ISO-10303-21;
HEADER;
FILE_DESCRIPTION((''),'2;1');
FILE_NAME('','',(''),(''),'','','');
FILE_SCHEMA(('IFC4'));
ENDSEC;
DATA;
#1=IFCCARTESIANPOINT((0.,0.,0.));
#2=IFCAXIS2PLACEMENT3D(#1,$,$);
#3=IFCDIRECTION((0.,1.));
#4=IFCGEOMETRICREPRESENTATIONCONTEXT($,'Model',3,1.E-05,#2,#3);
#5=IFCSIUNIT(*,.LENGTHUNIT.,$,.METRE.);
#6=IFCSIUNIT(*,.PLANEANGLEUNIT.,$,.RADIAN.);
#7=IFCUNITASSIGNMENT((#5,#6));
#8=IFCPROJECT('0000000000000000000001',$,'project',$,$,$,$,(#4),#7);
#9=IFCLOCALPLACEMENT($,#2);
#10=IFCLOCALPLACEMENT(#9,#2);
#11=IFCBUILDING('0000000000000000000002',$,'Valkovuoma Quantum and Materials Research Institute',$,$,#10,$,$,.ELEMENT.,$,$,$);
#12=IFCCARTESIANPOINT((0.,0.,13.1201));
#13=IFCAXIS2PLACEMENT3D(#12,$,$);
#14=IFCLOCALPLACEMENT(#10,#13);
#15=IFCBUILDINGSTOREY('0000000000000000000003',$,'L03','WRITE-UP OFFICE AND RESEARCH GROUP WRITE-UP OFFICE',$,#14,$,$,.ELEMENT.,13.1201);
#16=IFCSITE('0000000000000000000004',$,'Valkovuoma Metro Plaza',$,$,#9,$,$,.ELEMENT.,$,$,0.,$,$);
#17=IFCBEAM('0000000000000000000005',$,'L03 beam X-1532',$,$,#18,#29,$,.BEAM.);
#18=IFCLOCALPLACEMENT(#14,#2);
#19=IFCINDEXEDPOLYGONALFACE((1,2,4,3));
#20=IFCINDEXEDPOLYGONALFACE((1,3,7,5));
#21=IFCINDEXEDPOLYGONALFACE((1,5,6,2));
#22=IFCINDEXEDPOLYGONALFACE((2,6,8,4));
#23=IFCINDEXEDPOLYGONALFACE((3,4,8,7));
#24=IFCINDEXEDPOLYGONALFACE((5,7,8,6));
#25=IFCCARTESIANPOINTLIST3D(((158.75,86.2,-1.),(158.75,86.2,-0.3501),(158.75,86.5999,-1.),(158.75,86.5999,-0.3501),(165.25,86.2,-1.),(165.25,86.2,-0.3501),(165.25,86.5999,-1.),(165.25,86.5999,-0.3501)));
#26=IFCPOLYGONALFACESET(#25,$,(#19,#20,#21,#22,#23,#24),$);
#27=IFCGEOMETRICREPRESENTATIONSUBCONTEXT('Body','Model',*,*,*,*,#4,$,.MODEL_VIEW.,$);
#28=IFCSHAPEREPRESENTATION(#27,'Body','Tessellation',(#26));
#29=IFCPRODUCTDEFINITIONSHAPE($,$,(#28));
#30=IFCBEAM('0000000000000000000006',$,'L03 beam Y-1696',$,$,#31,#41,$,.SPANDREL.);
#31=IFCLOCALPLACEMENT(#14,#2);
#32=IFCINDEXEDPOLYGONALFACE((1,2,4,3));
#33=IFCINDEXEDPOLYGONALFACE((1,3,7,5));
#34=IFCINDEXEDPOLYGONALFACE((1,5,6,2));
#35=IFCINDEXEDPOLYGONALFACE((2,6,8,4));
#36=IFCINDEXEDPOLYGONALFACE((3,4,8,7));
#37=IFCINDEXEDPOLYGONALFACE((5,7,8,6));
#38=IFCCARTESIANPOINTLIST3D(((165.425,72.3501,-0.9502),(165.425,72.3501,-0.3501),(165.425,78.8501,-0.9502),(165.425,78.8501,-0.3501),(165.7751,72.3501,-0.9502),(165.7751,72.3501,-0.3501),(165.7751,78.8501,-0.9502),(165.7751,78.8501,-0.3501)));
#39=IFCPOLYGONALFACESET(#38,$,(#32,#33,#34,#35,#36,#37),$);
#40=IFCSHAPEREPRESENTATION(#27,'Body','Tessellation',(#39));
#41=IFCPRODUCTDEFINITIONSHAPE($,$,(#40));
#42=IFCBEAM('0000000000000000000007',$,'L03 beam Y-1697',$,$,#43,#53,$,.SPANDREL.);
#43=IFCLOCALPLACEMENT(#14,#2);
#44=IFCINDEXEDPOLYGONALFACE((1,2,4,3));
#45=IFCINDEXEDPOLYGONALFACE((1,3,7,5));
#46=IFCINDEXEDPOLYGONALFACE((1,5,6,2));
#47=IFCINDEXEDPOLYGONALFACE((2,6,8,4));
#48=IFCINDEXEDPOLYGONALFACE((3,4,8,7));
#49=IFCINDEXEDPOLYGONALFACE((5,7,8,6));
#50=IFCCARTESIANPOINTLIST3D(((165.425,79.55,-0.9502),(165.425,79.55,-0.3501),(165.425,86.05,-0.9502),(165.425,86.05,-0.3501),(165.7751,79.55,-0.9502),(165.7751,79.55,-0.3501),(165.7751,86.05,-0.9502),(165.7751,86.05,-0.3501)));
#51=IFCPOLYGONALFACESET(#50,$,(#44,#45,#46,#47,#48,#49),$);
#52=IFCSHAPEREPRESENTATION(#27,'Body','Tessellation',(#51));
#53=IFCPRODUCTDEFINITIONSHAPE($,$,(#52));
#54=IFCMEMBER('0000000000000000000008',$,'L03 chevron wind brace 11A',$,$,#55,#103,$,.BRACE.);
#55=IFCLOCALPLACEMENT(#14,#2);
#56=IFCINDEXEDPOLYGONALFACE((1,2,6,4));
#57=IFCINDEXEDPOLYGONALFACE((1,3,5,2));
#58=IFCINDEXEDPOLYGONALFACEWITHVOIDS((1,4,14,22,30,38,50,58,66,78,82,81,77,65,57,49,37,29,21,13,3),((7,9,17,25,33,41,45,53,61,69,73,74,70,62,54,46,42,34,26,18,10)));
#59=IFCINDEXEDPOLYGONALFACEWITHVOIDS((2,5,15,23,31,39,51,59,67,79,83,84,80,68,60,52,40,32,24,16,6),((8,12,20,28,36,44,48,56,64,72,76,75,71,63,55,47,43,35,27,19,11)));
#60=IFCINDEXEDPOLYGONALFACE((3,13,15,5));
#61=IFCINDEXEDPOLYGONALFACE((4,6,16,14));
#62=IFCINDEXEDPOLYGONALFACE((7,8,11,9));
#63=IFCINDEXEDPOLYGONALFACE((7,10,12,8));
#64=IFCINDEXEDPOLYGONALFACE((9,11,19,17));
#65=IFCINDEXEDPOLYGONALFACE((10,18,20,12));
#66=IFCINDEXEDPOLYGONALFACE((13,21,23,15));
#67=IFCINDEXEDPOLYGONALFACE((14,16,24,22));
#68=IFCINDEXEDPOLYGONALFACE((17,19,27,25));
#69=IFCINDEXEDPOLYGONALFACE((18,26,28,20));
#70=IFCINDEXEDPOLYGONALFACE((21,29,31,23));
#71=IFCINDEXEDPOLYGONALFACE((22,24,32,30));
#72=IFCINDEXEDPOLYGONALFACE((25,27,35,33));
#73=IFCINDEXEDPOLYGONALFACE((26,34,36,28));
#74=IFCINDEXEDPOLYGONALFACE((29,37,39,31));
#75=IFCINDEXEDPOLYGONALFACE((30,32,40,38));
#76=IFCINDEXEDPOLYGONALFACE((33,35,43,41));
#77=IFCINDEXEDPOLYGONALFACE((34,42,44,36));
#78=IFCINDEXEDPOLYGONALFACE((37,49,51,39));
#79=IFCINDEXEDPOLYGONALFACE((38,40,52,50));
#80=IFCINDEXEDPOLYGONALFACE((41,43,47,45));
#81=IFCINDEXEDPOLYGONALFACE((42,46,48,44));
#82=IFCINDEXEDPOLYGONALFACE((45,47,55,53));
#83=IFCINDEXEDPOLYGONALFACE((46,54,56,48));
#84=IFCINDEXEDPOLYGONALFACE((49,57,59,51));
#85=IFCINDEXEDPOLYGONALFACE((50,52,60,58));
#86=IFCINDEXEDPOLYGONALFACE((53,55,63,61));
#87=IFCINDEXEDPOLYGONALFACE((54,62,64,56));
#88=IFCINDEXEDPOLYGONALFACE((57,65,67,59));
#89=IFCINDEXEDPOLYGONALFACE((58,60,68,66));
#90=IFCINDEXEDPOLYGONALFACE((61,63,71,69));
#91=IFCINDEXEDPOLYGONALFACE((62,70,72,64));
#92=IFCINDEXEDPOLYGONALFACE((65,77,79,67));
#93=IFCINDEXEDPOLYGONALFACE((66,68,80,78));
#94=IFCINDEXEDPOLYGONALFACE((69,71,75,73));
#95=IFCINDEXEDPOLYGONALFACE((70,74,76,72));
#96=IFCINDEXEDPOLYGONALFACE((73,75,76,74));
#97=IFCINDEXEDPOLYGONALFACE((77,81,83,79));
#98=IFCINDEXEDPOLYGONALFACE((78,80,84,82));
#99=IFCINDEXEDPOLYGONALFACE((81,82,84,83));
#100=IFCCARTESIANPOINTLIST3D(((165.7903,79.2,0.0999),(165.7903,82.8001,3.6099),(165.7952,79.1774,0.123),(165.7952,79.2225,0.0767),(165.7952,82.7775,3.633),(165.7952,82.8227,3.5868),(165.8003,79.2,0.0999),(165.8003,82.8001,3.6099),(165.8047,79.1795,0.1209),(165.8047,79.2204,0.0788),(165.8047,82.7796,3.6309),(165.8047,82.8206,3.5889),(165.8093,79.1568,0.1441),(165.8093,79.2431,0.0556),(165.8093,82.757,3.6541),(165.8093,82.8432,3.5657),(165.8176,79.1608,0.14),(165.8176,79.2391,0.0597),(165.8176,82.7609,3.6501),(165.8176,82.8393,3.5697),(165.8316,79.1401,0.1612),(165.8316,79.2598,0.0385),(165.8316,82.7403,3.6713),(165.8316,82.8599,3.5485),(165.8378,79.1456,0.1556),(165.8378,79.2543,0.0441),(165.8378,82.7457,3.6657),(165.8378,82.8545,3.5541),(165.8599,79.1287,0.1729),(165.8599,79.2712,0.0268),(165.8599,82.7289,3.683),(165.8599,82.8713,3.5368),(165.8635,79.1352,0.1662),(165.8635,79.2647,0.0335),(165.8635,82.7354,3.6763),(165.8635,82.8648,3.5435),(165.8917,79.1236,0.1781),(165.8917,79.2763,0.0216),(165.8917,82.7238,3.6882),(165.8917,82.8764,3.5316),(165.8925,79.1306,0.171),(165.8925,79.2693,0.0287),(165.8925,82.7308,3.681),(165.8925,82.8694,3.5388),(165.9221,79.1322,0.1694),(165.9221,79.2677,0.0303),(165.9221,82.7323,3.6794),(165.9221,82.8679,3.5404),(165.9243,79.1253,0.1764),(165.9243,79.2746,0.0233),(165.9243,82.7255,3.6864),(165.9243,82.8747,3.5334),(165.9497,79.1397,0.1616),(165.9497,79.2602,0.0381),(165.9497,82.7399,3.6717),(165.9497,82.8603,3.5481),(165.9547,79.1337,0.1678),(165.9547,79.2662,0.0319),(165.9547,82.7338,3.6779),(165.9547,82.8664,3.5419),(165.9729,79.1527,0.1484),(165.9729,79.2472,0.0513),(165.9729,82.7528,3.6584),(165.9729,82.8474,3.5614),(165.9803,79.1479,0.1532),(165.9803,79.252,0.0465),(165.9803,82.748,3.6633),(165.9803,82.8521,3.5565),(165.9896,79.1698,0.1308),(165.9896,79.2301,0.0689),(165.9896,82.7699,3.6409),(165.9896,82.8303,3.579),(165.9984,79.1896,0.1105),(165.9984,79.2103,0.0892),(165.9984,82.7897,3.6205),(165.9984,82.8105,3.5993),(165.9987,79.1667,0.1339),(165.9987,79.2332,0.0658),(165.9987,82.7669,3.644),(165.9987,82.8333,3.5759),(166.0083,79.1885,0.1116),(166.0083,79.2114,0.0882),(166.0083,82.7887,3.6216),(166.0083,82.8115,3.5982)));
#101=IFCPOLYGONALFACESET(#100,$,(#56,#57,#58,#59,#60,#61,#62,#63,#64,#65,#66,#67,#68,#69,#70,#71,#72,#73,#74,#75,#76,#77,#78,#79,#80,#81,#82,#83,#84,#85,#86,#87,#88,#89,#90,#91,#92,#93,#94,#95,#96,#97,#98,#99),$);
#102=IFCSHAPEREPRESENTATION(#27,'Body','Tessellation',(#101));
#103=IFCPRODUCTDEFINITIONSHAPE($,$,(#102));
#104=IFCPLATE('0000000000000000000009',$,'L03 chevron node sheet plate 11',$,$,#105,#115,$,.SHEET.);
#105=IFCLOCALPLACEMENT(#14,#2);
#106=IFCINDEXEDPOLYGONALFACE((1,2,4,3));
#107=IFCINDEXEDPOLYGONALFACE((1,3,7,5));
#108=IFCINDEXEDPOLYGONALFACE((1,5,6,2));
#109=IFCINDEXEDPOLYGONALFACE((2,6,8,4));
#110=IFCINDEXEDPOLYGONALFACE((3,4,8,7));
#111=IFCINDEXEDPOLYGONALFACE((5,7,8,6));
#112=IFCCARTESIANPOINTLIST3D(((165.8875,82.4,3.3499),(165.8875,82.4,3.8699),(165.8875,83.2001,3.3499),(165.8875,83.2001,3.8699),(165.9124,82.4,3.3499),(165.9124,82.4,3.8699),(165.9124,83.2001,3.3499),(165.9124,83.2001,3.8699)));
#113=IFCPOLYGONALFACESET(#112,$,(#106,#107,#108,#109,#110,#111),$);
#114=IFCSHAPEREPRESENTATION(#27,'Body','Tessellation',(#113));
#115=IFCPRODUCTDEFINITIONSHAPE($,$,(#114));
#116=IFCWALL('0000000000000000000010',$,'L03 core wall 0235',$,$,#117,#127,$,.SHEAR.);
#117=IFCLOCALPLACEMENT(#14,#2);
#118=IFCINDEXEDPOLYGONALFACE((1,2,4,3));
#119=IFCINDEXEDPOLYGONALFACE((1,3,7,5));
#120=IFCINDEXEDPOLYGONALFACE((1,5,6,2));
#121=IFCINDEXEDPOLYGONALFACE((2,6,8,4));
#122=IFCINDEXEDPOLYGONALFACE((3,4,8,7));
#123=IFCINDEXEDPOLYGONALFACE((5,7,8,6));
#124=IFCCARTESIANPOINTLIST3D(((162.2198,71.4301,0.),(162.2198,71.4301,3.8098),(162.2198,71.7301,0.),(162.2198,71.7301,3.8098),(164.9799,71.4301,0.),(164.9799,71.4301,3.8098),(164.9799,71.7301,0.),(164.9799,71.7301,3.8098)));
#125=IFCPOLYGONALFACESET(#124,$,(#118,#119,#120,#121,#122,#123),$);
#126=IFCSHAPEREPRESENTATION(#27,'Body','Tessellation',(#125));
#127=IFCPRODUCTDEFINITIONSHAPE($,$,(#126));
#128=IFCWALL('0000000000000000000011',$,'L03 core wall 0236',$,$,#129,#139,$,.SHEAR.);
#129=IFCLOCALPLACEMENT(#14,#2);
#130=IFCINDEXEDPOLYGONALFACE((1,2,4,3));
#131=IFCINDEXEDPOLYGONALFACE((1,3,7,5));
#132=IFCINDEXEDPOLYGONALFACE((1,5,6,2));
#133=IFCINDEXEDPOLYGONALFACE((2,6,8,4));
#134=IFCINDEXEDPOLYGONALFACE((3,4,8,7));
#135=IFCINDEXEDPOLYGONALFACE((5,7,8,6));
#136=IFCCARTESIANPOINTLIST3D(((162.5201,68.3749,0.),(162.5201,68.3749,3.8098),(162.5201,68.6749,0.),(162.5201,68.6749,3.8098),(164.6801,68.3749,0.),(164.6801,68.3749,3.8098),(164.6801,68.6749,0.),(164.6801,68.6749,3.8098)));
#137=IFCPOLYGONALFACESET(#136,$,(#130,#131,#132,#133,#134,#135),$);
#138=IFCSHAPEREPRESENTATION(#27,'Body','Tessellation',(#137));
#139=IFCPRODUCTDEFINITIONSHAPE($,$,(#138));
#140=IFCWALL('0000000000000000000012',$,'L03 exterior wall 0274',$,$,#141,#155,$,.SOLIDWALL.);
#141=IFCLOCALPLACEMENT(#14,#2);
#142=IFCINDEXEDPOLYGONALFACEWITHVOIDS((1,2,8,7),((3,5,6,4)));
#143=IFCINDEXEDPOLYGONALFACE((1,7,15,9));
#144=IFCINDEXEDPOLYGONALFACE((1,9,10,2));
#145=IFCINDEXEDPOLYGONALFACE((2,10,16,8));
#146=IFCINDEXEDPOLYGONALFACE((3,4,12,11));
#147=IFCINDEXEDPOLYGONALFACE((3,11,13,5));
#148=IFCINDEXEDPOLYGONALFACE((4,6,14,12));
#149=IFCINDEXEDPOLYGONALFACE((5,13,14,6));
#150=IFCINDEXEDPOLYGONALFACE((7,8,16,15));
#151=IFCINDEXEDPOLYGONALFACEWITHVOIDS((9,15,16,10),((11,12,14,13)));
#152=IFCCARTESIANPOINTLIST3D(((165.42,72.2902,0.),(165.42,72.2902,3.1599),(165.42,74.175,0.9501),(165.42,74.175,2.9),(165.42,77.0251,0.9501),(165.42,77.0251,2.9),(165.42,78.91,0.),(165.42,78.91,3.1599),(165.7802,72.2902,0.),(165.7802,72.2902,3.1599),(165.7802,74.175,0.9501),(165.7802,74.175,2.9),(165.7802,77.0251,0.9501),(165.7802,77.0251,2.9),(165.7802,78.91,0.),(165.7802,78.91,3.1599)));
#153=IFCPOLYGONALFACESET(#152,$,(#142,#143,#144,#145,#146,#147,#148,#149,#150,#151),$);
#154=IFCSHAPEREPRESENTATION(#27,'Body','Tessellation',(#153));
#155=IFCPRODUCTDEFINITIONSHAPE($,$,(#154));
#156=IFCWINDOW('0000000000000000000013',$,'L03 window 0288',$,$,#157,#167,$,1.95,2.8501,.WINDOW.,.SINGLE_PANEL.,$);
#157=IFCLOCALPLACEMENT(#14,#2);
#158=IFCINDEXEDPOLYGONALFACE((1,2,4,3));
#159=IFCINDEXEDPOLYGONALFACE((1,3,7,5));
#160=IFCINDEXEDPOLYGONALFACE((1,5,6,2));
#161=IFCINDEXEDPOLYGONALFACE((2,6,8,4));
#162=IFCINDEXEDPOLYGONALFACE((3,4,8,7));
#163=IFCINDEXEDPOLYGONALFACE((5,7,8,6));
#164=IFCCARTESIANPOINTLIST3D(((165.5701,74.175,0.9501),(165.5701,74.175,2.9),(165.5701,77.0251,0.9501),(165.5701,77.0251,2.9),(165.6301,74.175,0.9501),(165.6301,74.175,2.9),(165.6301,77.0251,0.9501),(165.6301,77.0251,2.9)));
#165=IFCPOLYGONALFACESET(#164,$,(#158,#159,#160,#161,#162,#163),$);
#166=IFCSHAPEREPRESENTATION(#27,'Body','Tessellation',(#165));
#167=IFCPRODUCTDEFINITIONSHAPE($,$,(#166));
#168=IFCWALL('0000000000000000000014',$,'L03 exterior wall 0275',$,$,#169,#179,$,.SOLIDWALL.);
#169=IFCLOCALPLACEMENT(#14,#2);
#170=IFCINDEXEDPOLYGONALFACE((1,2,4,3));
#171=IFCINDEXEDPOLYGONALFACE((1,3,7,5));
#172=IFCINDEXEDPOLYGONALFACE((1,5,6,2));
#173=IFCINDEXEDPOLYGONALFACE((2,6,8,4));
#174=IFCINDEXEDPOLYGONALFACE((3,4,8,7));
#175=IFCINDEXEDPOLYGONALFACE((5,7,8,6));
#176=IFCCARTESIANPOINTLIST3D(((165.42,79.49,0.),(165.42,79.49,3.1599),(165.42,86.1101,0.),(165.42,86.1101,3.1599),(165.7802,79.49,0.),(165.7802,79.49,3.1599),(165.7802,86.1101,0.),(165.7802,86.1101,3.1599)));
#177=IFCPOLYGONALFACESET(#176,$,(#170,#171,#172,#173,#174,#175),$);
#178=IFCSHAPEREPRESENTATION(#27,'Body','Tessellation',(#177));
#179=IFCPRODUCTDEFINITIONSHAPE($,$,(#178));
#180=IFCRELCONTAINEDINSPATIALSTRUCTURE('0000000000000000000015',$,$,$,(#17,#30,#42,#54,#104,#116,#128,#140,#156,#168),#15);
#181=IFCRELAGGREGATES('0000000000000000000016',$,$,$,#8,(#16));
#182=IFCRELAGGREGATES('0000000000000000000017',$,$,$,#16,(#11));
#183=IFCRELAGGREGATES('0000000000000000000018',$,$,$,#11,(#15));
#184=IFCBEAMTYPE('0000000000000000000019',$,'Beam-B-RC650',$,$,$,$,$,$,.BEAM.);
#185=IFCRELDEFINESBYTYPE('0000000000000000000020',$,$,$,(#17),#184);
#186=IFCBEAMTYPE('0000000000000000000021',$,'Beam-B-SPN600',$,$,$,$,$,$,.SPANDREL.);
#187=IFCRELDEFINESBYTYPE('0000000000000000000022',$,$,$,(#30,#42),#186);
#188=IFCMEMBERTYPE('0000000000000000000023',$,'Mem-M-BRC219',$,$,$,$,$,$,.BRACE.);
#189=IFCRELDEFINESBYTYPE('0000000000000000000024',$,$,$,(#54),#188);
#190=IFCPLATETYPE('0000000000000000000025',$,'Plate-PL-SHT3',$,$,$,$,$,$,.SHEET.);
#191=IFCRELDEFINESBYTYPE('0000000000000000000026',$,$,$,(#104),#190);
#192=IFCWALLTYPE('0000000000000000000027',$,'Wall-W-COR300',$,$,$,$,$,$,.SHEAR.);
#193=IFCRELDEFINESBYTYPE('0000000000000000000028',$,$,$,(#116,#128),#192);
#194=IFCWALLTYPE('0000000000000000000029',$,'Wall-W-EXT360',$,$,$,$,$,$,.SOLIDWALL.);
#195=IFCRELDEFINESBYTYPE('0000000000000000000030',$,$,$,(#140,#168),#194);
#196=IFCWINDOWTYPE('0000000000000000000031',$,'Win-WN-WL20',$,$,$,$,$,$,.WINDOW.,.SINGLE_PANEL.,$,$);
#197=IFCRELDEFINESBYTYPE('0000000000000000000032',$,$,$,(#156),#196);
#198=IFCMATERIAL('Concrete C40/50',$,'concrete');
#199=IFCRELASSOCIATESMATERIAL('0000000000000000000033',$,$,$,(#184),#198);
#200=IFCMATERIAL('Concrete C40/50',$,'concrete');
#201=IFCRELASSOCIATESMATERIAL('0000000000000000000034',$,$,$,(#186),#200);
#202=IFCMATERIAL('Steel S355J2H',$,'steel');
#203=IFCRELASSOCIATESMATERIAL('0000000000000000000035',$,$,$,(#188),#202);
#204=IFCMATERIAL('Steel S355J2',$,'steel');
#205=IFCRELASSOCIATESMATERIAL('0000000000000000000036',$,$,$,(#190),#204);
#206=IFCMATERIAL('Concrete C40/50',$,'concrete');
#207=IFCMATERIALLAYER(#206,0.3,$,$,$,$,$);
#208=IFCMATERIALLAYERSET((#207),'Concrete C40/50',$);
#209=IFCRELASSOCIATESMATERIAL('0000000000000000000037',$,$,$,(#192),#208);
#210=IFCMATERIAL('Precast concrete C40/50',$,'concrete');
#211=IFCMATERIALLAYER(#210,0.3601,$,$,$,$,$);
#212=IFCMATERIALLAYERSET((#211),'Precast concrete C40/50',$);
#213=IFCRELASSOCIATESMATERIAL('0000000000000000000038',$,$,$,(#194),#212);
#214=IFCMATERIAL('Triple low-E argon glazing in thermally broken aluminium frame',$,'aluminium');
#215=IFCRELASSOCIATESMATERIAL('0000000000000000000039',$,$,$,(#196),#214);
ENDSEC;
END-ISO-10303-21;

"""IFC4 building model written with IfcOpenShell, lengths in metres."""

from ifc_helpers import new_model, si_unit, direction, frame, frame_2d, origin, origin_2d, place, context, subcontext, project, spatial, rectangle, hollow_circle, extrude, material, layer, layer_set, material_profile, profile_set, type_object, element, fill, save


model = new_model("IFC4")

# Units and contexts
model_context = context("Model", 3, precision=1e-05, world=origin(), true_north=direction((0.0, 1.0)))
body_context = subcontext(model_context, "Body", "Model", "MODEL_VIEW")
ifc_project = project(units=[si_unit("LENGTHUNIT", "METRE"), si_unit("PLANEANGLEUNIT", "RADIAN")], contexts=[model_context])

# Site, building, storey
site_placement = place(None, origin())
site = spatial("IfcSite", under=ifc_project, at=site_placement, Name="Valkovuoma Metro Plaza", CompositionType="ELEMENT", RefElevation=0.0)
building_placement = place(site_placement, origin())
building = spatial("IfcBuilding", under=site, at=building_placement, Name="Valkovuoma Quantum and Materials Research Institute", CompositionType="ELEMENT")
storey_placement = place(building_placement, frame((0.0, 0.0, 13.1201)))
storey = spatial("IfcBuildingStorey", under=building, at=storey_placement, Name="L03", Description="WRITE-UP OFFICE AND RESEARCH GROUP WRITE-UP OFFICE", CompositionType="ELEMENT", Elevation=13.1201)

# Beams
ifc_material_1 = material(Name="Concrete C40/50", Category="concrete")
ifc_material_profile_1 = material_profile(ifc_material_1, rectangle(XDim=0.3999, YDim=0.6499, at=origin_2d()), Name="Concrete C40/50")
ifc_profile_set_1 = profile_set([ifc_material_profile_1], Name="Concrete C40/50")
beam_type_1 = type_object("IfcBeamType", Name="Beam-B-RC650", PredefinedType="BEAM", material=ifc_profile_set_1)
for number, where, z_axis, x_axis, name in (
    (1, (158.75, 86.3999, -0.675), (1.0, 0.0, 0.0), (0.0, 1.0, 0.0), "L03 beam X-1532"),
):
    element("IfcBeam", number, at=place(storey_placement, frame(where, z_axis=z_axis, x_axis=x_axis)), inside=storey, type_object=beam_type_1, Name=name, PredefinedType="BEAM", context=body_context, shape_type="SweptSolid", body=[
        extrude(rectangle(XDim=0.3999, YDim=0.6499, at=origin_2d()), origin(), (0.0, 0.0, 1.0), 6.5),
    ])
ifc_material_2 = material(Name="Concrete C40/50", Category="concrete")
ifc_material_profile_2 = material_profile(ifc_material_2, rectangle(XDim=0.3501, YDim=0.6001, at=origin_2d()), Name="Concrete C40/50")
ifc_profile_set_2 = profile_set([ifc_material_profile_2], Name="Concrete C40/50")
beam_type_2 = type_object("IfcBeamType", Name="Beam-B-SPN600", PredefinedType="SPANDREL", material=ifc_profile_set_2)
for number, where, z_axis, x_axis, name in (
    (2, (165.6001, 72.3501, -0.6501), (0.0, 1.0, 0.0), (-1.0, 0.0, 0.0), "L03 beam Y-1696"),
    (3, (165.6001, 79.55, -0.6501), (0.0, 1.0, 0.0), (-1.0, 0.0, 0.0), "L03 beam Y-1697"),
):
    element("IfcBeam", number, at=place(storey_placement, frame(where, z_axis=z_axis, x_axis=x_axis)), inside=storey, type_object=beam_type_2, Name=name, PredefinedType="SPANDREL", context=body_context, shape_type="SweptSolid", body=[
        extrude(rectangle(XDim=0.3501, YDim=0.6001, at=origin_2d()), origin(), (0.0, 0.0, 1.0), 6.5),
    ])

# Member
ifc_material_3 = material(Name="Steel S355J2H", Category="steel")
ifc_material_profile_3 = material_profile(ifc_material_3, hollow_circle(Radius=0.1096, WallThickness=0.01, at=origin_2d()), Name="Steel S355J2H")
ifc_profile_set_3 = profile_set([ifc_material_profile_3], Name="Steel S355J2H")
member_type = type_object("IfcMemberType", Name="Mem-M-BRC219", PredefinedType="BRACE", material=ifc_profile_set_3)
member_placement = place(storey_placement, frame((165.8999, 79.2, 0.0999), z_axis=(0.0, 0.716009, 0.698091), x_axis=(-1.0, 0.0, 0.0)))
element("IfcMember", 4, at=member_placement, inside=storey, type_object=member_type, Name="L03 chevron wind brace 11A", PredefinedType="BRACE", context=body_context, shape_type="SweptSolid", body=[
    extrude(hollow_circle(Radius=0.1096, WallThickness=0.01, at=origin_2d()), origin(), (0.0, 0.0, 1.0), 5.0281),
])

# Plate
ifc_material_4 = material(Name="Steel S355J2", Category="steel")
plate_type = type_object("IfcPlateType", Name="Plate-PL-SHT3", PredefinedType="SHEET", material=ifc_material_4)
plate_placement = place(storey_placement, frame((165.8999, 82.8, 3.3499), z_axis=(0.0, 0.0, 1.0), x_axis=(0.0, 1.0, 0.0)))
element("IfcPlate", 5, at=plate_placement, inside=storey, type_object=plate_type, Name="L03 chevron node sheet plate 11", PredefinedType="SHEET", context=body_context, shape_type="SweptSolid", body=[
    extrude(rectangle(XDim=0.8, YDim=0.0249, at=origin_2d()), origin(), (0.0, 0.0, 1.0), 0.52),
])

# Walls
ifc_material_5 = material(Name="Concrete C40/50", Category="concrete")
ifc_layer_1 = layer(ifc_material_5, 0.3)
ifc_layer_set_1 = layer_set([ifc_layer_1], Name="Concrete C40/50")
wall_type_1 = type_object("IfcWallType", Name="Wall-W-COR300", PredefinedType="SHEAR", material=ifc_layer_set_1)
wall_1_placement = place(storey_placement, frame((162.22, 71.5801, 0.0), z_axis=(0.0, 0.0, 1.0), x_axis=(1.0, 0.0, 0.0)))
element("IfcWall", 6, at=wall_1_placement, inside=storey, type_object=wall_type_1, Name="L03 core wall 0235", PredefinedType="SHEAR", context=body_context, shape_type="SweptSolid", body=[
    extrude(rectangle(XDim=2.76, YDim=0.3, at=frame_2d((1.3799, 0.0))), origin(), (0.0, 0.0, 1.0), 3.8098),
])
wall_2_placement = place(storey_placement, frame((162.52, 68.5249, 0.0), z_axis=(0.0, 0.0, 1.0), x_axis=(1.0, 0.0, 0.0)))
element("IfcWall", 7, at=wall_2_placement, inside=storey, type_object=wall_type_1, Name="L03 core wall 0236", PredefinedType="SHEAR", context=body_context, shape_type="SweptSolid", body=[
    extrude(rectangle(XDim=2.1599, YDim=0.3, at=frame_2d((1.0801, 0.0))), origin(), (0.0, 0.0, 1.0), 3.8098),
])

# Wall, opening, window
ifc_material_6 = material(Name="Precast concrete C40/50", Category="concrete")
ifc_layer_2 = layer(ifc_material_6, 0.3601)
ifc_layer_set_2 = layer_set([ifc_layer_2], Name="Precast concrete C40/50")
wall_type_2 = type_object("IfcWallType", Name="Wall-W-EXT360", PredefinedType="SOLIDWALL", material=ifc_layer_set_2)
wall_3_placement = place(storey_placement, frame((165.6001, 72.29, 0.0), z_axis=(0.0, 0.0, 1.0), x_axis=(0.0, 1.0, 0.0)))
wall_3 = element("IfcWall", 8, at=wall_3_placement, inside=storey, type_object=wall_type_2, Name="L03 exterior wall 0274", PredefinedType="SOLIDWALL", context=body_context, shape_type="SweptSolid", body=[
    extrude(rectangle(XDim=6.6199, YDim=0.3601, at=frame_2d((3.3101, 0.0))), origin(), (0.0, 0.0, 1.0), 3.1599),
])
opening_placement = place(wall_3_placement, frame((1.885, 0.0, 0.95)))
opening = element("IfcOpeningElement", 9, at=opening_placement, cuts=wall_3, PredefinedType="OPENING", context=body_context, shape_type="SweptSolid", body=[
    extrude(rectangle(XDim=2.8501, YDim=1.95, at=frame_2d((1.425, 0.9751))), frame((0.0, 0.1899, 0.0), z_axis=(0.0, -1.0, 0.0), x_axis=(1.0, 0.0, 0.0)), (0.0, 0.0, 1.0), 0.3801),
])
ifc_material_7 = material(Name="Triple low-E argon glazing in thermally broken aluminium frame", Category="aluminium")
window_type = type_object("IfcWindowType", Name="Win-WN-WL20", PartitioningType="SINGLE_PANEL", PredefinedType="WINDOW", material=ifc_material_7)
window_placement = place(opening_placement, origin())
window = element("IfcWindow", 10, at=window_placement, inside=storey, type_object=window_type, Name="L03 window 0288", OverallHeight=1.95, OverallWidth=2.8501, PartitioningType="SINGLE_PANEL", PredefinedType="WINDOW", context=body_context, shape_type="SweptSolid", body=[
    extrude(rectangle(XDim=2.8501, YDim=1.95, at=frame_2d((1.425, 0.9751))), frame((0.0, 0.03, 0.0), z_axis=(0.0, -1.0, 0.0), x_axis=(1.0, 0.0, 0.0)), (0.0, 0.0, 1.0), 0.0601),
])
fill(opening, window)

# Wall
wall_4_placement = place(storey_placement, frame((165.6001, 79.49, 0.0), z_axis=(0.0, 0.0, 1.0), x_axis=(0.0, 1.0, 0.0)))
element("IfcWall", 11, at=wall_4_placement, inside=storey, type_object=wall_type_2, Name="L03 exterior wall 0275", PredefinedType="SOLIDWALL", context=body_context, shape_type="SweptSolid", body=[
    extrude(rectangle(XDim=6.6201, YDim=0.3601, at=frame_2d((3.3101, 0.0))), origin(), (0.0, 0.0, 1.0), 3.1599),
])

save(model, "model.ifc")
